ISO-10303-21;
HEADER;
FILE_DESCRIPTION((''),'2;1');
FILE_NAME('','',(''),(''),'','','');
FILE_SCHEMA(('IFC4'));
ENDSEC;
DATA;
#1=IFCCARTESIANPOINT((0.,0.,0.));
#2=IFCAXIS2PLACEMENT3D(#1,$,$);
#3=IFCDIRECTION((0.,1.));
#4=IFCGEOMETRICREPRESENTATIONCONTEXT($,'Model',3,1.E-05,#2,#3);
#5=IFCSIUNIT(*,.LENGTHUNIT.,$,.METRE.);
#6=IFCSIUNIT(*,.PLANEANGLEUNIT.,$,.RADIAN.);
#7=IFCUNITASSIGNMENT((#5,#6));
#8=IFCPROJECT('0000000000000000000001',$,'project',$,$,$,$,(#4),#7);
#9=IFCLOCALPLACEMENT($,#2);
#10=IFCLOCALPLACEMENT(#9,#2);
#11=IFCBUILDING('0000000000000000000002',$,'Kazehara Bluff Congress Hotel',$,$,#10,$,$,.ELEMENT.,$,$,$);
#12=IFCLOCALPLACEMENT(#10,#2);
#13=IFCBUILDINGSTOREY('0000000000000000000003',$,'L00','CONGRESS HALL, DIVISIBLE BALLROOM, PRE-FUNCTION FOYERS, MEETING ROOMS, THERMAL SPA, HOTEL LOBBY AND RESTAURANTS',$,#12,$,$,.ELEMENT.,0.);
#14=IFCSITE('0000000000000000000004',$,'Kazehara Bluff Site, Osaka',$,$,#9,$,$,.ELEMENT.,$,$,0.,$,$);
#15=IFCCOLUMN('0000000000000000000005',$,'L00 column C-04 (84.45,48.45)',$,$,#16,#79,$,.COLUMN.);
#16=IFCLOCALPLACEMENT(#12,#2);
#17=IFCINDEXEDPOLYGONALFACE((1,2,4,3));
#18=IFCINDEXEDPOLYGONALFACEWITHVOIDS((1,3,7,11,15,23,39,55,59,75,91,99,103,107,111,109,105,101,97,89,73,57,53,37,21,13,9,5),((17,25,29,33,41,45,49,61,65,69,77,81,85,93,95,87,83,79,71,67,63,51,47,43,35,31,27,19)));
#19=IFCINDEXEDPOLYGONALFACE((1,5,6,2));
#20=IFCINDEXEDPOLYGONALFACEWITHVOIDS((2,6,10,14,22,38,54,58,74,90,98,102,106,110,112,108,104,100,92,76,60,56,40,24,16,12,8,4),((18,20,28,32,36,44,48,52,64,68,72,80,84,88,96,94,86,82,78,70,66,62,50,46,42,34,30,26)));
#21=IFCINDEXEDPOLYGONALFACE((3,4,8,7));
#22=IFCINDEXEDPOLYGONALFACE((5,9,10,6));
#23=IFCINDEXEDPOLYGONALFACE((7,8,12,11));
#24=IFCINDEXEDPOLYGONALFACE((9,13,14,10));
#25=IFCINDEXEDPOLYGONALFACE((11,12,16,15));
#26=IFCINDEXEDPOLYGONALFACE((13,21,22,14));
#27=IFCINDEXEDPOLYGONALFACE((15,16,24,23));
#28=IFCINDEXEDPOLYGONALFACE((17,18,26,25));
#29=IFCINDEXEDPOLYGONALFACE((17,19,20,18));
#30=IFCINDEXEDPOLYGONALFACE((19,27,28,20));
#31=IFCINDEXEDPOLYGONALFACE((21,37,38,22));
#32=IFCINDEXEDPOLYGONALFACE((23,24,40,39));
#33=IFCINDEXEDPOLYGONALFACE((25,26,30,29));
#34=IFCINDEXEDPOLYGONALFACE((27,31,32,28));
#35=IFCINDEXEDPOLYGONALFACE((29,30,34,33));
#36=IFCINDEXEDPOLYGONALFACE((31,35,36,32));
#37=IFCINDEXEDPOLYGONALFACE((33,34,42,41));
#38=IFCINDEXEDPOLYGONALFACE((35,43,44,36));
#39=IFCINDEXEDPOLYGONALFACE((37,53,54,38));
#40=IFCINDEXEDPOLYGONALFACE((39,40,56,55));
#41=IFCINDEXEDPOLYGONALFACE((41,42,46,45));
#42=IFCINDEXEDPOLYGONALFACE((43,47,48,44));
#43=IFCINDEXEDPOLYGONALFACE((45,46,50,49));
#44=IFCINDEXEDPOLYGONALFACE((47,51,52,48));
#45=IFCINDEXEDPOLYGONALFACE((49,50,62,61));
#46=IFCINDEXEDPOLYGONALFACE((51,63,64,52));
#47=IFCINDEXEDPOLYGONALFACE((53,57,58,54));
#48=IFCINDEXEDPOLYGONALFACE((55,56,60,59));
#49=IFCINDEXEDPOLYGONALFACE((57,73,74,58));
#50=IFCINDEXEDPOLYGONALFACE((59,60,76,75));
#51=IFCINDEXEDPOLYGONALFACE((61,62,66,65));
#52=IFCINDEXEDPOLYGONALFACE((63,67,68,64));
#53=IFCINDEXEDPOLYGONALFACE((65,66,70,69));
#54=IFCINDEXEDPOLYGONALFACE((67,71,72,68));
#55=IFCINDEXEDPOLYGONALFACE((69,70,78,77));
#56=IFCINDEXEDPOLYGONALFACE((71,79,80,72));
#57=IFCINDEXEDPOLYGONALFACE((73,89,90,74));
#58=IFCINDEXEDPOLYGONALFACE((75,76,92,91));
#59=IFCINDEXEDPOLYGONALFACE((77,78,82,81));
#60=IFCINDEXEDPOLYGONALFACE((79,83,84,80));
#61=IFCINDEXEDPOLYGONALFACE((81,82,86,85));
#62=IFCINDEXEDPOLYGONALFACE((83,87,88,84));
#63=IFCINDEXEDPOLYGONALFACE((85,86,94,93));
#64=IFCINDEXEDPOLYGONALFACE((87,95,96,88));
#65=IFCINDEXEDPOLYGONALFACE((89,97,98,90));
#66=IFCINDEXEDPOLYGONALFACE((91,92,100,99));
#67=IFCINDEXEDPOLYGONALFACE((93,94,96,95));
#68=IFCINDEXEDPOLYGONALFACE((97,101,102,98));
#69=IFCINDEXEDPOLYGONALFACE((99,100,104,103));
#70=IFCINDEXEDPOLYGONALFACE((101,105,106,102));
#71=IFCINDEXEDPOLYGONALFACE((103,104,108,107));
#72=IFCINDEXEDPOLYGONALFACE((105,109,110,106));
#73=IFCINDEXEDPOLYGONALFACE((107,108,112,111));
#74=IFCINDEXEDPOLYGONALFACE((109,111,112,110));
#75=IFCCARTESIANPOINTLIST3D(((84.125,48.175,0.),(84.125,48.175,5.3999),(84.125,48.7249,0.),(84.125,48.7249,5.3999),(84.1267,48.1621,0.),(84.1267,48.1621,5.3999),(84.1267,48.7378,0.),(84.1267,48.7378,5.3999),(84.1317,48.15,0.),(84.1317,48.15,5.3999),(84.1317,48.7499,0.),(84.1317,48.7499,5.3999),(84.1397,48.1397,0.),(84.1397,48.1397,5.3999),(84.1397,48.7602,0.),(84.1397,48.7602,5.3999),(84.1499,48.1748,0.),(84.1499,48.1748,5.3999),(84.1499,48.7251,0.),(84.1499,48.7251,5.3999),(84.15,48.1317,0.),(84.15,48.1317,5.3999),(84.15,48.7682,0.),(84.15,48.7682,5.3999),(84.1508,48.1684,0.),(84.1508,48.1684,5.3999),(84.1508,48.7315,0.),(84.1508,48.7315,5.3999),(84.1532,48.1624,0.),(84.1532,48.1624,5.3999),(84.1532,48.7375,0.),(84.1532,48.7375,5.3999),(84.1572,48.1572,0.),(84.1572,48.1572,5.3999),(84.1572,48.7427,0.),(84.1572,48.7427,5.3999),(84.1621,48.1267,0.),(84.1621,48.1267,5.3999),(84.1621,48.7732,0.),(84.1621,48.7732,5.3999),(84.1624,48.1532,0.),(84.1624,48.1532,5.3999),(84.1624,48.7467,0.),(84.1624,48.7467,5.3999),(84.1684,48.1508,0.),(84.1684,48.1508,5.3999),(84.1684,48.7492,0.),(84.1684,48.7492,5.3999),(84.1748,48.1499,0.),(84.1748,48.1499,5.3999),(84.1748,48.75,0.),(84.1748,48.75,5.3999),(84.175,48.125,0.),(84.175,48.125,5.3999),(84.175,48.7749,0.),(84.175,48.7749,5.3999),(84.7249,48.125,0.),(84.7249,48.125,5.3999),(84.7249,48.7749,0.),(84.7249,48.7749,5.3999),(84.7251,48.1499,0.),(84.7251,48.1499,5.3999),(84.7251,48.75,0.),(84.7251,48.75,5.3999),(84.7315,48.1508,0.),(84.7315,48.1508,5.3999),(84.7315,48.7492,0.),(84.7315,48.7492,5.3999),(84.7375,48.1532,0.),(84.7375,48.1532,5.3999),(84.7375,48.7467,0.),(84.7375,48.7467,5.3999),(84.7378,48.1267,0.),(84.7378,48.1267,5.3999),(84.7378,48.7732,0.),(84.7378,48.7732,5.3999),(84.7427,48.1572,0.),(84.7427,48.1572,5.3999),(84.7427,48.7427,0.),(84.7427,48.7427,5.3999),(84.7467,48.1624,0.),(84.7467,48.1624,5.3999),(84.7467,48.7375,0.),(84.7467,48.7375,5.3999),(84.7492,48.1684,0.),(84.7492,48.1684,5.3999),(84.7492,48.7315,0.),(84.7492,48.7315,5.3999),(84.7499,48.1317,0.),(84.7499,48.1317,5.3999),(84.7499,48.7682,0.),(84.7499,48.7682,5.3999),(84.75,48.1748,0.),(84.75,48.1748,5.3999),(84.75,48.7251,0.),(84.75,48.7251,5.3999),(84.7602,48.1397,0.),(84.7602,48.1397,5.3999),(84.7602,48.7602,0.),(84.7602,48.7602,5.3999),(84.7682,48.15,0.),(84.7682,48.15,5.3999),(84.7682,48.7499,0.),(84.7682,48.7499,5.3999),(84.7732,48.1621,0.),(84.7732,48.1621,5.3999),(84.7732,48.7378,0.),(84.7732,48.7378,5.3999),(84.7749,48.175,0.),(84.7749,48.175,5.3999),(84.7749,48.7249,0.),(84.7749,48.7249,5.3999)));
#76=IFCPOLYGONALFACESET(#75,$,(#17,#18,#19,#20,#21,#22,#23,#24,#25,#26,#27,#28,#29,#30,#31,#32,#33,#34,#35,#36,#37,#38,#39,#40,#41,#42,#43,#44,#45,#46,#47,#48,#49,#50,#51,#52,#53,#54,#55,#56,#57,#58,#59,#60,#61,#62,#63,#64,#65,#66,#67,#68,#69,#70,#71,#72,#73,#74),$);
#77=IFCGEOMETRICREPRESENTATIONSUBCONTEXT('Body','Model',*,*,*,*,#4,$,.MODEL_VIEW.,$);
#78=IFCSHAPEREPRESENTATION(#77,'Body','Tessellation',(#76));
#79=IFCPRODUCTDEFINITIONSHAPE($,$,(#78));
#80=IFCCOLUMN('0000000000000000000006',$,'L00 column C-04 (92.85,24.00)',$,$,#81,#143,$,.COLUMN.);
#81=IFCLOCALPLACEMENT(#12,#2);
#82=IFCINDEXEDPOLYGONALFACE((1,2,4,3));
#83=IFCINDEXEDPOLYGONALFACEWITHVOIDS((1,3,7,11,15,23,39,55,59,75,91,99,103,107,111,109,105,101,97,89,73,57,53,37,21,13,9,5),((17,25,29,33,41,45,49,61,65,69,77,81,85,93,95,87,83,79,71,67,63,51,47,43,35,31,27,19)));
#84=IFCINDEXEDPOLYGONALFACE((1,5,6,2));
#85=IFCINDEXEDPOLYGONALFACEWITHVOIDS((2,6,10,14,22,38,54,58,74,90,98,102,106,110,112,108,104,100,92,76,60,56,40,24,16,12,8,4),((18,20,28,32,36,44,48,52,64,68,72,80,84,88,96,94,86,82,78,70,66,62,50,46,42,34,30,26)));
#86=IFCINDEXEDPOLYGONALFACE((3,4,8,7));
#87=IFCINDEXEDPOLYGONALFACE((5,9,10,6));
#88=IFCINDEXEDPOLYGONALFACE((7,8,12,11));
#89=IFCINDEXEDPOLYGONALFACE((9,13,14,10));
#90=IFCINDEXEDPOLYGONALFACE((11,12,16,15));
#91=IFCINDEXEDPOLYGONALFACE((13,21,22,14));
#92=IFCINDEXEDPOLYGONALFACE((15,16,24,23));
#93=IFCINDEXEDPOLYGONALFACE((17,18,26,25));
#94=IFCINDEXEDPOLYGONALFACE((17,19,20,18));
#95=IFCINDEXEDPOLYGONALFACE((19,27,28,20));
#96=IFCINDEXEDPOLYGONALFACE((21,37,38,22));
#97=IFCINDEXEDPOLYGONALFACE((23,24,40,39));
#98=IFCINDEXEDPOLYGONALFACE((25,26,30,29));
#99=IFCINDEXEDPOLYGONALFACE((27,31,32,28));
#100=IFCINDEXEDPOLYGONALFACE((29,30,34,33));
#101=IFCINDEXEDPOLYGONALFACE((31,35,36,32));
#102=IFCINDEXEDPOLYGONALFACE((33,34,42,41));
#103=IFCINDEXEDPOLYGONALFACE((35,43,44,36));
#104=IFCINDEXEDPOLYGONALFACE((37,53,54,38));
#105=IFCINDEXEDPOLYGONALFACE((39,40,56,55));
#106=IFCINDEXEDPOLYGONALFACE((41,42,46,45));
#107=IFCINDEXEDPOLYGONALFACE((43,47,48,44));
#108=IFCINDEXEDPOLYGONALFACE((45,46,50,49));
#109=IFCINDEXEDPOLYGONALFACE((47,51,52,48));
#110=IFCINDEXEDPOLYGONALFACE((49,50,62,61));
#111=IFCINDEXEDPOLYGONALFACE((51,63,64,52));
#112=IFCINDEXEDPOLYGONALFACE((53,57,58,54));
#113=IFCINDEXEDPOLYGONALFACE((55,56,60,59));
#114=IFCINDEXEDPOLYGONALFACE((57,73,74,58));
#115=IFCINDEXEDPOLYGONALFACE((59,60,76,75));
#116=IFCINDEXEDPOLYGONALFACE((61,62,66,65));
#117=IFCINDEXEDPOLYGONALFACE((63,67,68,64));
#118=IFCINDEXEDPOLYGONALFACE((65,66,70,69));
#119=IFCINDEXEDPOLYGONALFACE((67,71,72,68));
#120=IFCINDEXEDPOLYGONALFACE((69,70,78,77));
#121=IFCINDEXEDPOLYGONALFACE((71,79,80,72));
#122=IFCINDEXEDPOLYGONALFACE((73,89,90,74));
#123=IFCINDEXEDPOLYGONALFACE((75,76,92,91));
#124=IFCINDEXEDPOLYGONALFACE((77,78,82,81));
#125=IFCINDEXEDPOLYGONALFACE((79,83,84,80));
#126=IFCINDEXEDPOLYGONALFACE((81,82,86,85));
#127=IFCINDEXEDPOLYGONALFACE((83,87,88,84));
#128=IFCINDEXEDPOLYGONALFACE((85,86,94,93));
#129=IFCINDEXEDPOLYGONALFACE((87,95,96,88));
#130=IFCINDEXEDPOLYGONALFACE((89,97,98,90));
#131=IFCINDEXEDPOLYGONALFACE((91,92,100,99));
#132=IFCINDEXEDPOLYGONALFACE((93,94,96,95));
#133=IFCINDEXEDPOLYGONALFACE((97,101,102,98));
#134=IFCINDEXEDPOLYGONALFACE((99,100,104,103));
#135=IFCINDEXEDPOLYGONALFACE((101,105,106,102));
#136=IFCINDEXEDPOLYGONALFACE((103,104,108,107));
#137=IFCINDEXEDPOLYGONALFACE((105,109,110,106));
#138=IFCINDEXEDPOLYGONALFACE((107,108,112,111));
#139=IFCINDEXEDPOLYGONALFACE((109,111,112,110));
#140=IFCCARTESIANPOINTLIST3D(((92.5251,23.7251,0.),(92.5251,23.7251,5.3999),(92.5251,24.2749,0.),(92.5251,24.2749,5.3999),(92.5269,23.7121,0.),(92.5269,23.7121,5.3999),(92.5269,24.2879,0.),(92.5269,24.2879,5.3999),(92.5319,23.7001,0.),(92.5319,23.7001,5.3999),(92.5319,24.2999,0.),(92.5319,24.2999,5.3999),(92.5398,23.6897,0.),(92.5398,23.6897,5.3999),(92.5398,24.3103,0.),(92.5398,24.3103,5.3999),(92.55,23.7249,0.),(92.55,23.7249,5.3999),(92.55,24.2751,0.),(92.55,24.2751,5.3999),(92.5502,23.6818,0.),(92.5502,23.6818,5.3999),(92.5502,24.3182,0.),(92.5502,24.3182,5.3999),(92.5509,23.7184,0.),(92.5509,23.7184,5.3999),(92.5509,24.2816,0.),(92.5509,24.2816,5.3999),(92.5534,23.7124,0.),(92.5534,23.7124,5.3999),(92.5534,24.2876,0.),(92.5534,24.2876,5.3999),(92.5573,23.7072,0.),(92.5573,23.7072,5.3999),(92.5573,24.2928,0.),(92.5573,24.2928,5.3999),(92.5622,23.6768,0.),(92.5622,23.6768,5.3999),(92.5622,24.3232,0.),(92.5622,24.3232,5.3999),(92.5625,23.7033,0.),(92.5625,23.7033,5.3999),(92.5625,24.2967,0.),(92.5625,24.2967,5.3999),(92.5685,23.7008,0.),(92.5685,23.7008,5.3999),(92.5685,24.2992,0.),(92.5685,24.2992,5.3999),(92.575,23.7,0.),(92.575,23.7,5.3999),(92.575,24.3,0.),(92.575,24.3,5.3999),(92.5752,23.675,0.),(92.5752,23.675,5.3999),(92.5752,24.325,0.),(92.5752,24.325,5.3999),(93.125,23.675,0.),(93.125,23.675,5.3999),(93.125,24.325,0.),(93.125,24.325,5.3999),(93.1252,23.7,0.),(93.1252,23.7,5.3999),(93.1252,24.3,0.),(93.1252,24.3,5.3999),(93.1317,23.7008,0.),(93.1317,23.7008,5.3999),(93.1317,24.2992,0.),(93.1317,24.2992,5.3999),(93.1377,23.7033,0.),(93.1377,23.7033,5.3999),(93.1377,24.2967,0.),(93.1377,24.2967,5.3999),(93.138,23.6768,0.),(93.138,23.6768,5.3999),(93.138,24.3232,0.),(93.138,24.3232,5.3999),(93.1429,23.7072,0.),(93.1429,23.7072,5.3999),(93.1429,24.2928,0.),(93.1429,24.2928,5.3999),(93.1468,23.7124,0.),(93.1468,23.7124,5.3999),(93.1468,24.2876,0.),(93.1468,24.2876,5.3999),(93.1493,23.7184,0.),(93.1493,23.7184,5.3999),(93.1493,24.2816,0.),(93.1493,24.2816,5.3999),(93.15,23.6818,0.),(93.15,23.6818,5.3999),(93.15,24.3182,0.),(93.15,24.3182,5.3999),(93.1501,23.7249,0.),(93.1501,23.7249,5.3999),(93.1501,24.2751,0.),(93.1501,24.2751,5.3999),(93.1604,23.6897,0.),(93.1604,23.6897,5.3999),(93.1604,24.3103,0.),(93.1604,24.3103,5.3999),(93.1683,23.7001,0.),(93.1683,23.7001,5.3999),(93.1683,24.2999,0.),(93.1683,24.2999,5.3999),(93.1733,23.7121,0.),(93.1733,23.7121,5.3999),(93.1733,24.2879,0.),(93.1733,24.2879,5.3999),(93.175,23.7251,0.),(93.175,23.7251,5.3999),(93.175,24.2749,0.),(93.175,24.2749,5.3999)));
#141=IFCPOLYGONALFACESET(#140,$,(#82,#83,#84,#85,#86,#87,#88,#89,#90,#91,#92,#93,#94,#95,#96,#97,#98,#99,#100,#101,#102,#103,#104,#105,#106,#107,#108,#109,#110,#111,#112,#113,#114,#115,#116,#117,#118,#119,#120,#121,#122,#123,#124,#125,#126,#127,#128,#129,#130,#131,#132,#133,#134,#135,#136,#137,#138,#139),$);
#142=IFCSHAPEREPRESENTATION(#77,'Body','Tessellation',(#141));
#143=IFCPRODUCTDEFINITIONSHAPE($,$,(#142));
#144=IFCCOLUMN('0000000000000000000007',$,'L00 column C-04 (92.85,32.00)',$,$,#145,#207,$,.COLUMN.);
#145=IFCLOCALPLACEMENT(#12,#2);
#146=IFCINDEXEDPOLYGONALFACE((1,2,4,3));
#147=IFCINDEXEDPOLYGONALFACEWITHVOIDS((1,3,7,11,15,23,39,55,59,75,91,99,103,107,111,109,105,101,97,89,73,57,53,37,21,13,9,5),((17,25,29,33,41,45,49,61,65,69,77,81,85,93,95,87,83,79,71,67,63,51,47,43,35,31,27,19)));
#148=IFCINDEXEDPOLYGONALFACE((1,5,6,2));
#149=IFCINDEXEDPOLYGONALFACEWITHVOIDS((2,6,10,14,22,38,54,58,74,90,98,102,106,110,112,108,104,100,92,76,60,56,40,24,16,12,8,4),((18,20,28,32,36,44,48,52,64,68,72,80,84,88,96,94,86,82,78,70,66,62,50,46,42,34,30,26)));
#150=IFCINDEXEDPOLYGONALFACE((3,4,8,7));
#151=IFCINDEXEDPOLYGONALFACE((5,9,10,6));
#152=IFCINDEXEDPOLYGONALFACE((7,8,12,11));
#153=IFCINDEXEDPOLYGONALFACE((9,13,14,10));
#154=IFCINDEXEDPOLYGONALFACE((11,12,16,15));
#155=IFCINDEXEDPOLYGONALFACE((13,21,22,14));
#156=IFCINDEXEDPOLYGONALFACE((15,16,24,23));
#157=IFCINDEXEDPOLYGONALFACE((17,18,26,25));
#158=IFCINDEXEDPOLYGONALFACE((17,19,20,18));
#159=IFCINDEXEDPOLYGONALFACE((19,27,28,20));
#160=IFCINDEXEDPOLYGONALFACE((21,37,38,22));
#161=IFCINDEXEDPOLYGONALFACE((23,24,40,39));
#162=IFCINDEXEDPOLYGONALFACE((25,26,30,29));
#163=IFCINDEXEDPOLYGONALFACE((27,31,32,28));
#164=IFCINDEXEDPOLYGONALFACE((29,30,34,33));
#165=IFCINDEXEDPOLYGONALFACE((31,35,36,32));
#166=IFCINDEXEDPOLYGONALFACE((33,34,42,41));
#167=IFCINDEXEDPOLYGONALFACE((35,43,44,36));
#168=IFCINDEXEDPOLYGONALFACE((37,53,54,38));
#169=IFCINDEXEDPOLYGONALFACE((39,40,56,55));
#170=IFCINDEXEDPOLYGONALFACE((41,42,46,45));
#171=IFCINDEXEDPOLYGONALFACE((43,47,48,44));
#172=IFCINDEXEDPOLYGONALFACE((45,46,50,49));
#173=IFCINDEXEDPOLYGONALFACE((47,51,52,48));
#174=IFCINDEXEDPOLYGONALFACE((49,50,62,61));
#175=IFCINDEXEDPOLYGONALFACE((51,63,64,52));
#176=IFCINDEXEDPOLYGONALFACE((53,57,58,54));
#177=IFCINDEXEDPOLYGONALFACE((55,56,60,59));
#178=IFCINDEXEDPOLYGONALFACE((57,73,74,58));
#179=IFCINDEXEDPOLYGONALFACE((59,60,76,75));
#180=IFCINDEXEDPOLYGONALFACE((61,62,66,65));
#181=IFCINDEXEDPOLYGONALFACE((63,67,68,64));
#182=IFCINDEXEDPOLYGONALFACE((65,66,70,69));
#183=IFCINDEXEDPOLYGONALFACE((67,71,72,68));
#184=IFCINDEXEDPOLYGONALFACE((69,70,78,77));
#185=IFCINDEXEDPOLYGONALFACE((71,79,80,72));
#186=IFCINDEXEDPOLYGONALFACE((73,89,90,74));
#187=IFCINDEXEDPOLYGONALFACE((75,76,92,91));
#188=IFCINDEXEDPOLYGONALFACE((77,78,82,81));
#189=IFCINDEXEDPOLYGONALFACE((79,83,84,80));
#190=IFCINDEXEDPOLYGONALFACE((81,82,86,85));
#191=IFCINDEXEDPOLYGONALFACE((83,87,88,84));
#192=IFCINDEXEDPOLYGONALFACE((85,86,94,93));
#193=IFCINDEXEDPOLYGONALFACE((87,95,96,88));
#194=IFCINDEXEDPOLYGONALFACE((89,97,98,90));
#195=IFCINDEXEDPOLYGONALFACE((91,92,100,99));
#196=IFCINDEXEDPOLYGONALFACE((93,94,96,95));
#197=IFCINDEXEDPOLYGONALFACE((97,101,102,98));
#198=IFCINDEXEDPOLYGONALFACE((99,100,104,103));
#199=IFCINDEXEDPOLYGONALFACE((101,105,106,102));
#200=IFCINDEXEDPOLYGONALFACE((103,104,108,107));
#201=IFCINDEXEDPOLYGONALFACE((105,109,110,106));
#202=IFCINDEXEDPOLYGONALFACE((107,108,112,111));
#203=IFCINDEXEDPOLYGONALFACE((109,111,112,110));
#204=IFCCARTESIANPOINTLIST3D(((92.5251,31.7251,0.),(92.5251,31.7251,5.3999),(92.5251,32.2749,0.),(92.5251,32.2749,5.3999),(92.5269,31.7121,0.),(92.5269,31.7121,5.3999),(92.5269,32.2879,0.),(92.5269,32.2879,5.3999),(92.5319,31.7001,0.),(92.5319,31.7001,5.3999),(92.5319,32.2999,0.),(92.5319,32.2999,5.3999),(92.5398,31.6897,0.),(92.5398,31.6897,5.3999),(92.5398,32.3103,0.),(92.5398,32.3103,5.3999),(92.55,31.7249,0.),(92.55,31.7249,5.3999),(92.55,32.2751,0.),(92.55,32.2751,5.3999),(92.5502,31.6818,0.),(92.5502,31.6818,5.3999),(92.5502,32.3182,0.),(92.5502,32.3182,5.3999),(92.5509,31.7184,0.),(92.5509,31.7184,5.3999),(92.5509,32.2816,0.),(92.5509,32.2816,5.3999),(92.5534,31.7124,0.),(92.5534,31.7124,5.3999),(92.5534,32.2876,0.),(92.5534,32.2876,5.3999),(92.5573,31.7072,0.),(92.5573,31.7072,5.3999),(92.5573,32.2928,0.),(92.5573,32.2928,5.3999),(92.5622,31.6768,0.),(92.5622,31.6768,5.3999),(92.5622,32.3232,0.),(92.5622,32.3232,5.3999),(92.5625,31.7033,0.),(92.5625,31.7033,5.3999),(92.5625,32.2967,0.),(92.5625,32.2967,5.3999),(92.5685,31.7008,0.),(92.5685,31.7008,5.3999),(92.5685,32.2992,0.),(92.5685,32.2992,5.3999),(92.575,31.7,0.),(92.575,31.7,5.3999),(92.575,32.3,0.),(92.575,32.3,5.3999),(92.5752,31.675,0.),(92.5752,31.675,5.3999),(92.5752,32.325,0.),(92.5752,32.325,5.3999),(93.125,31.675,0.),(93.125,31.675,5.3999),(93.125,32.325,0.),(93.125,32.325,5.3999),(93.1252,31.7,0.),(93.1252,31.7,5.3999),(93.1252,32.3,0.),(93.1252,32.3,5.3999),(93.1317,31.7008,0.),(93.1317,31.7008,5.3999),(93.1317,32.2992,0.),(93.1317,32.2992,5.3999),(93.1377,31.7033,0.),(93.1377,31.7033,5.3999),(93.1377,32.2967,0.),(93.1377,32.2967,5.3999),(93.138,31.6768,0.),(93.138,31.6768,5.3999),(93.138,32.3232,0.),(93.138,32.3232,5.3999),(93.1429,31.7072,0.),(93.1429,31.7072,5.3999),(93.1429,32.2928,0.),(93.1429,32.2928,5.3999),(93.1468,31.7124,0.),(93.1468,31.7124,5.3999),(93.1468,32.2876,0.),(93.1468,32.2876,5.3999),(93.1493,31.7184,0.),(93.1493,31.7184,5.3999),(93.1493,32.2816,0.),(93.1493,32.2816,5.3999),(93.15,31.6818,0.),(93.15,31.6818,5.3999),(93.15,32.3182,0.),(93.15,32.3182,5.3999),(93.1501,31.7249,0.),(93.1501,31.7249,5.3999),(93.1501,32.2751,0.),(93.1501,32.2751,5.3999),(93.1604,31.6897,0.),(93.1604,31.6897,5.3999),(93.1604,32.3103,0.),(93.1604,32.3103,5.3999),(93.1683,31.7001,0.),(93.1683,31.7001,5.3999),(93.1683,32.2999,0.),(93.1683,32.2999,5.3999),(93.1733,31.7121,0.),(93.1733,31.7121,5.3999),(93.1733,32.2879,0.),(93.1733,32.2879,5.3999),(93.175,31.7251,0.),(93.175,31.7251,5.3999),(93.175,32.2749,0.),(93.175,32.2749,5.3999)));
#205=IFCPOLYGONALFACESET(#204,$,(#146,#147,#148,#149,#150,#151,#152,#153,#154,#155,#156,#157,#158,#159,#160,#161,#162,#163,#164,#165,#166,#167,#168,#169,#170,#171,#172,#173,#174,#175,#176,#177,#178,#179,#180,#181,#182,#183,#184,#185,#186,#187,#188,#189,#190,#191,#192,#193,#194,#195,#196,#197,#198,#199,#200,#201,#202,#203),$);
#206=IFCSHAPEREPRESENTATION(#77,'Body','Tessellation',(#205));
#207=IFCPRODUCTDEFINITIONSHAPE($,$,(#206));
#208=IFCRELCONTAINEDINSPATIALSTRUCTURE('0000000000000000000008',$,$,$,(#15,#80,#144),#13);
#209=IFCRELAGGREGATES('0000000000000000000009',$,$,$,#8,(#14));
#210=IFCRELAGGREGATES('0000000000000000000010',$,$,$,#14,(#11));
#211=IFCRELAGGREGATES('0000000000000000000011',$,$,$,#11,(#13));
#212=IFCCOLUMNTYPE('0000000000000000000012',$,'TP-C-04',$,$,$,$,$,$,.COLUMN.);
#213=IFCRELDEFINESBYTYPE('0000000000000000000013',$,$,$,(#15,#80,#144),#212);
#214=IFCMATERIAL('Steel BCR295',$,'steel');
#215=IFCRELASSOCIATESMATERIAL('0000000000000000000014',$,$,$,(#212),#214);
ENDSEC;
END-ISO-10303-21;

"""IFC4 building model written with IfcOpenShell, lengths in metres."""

from ifc_helpers import new_model, si_unit, direction, frame, origin, origin_2d, place, context, subcontext, project, spatial, hollow_rectangle, extrude, material, material_profile, profile_set, type_object, element, save


model = new_model("IFC4")

# Units and contexts
model_context = context("Model", 3, precision=1e-05, world=origin(), true_north=direction((0.0, 1.0)))
body_context = subcontext(model_context, "Body", "Model", "MODEL_VIEW")
ifc_project = project(units=[si_unit("LENGTHUNIT", "METRE"), si_unit("PLANEANGLEUNIT", "RADIAN")], contexts=[model_context])

# Site, building, storey
site_placement = place(None, origin())
site = spatial("IfcSite", under=ifc_project, at=site_placement, Name="Kazehara Bluff Site, Osaka", CompositionType="ELEMENT", RefElevation=0.0)
building_placement = place(site_placement, origin())
building = spatial("IfcBuilding", under=site, at=building_placement, Name="Kazehara Bluff Congress Hotel", CompositionType="ELEMENT")
storey_placement = place(building_placement, origin())
storey = spatial("IfcBuildingStorey", under=building, at=storey_placement, Name="L00", Description="CONGRESS HALL, DIVISIBLE BALLROOM, PRE-FUNCTION FOYERS, MEETING ROOMS, THERMAL SPA, HOTEL LOBBY AND RESTAURANTS", CompositionType="ELEMENT", Elevation=0.0)

# Columns
ifc_material_1 = material(Name="Steel BCR295", Category="steel")
ifc_material_profile_1 = material_profile(ifc_material_1, hollow_rectangle(XDim=0.6499, YDim=0.6499, WallThickness=0.0249, InnerFilletRadius=0.0249, OuterFilletRadius=0.05, at=origin_2d()))
ifc_profile_set_1 = profile_set([ifc_material_profile_1], Name="Steel BCR295")
column_type = type_object("IfcColumnType", Name="TP-C-04", PredefinedType="COLUMN", material=ifc_profile_set_1)
for number, where, z_axis, x_axis, name in (
    (1, (84.45, 48.45, 0.0), (0.0, 0.0, 1.0), (1.0, 0.0, 0.0), "L00 column C-04 (84.45,48.45)"),
    (2, (92.8501, 24.0, 0.0), (0.0, 0.0, 1.0), (1.0, 0.0, 0.0), "L00 column C-04 (92.85,24.00)"),
    (3, (92.8501, 32.0, 0.0), (0.0, 0.0, 1.0), (1.0, 0.0, 0.0), "L00 column C-04 (92.85,32.00)"),
):
    element("IfcColumn", number, at=place(storey_placement, frame(where, z_axis=z_axis, x_axis=x_axis)), inside=storey, type_object=column_type, Name=name, PredefinedType="COLUMN", context=body_context, shape_type="SweptSolid", body=[
        extrude(hollow_rectangle(XDim=0.6499, YDim=0.6499, WallThickness=0.0249, InnerFilletRadius=0.0249, OuterFilletRadius=0.05, at=origin_2d()), origin(), (0.0, 0.0, 1.0), 5.3999),
    ])

save(model, "model.ifc")
